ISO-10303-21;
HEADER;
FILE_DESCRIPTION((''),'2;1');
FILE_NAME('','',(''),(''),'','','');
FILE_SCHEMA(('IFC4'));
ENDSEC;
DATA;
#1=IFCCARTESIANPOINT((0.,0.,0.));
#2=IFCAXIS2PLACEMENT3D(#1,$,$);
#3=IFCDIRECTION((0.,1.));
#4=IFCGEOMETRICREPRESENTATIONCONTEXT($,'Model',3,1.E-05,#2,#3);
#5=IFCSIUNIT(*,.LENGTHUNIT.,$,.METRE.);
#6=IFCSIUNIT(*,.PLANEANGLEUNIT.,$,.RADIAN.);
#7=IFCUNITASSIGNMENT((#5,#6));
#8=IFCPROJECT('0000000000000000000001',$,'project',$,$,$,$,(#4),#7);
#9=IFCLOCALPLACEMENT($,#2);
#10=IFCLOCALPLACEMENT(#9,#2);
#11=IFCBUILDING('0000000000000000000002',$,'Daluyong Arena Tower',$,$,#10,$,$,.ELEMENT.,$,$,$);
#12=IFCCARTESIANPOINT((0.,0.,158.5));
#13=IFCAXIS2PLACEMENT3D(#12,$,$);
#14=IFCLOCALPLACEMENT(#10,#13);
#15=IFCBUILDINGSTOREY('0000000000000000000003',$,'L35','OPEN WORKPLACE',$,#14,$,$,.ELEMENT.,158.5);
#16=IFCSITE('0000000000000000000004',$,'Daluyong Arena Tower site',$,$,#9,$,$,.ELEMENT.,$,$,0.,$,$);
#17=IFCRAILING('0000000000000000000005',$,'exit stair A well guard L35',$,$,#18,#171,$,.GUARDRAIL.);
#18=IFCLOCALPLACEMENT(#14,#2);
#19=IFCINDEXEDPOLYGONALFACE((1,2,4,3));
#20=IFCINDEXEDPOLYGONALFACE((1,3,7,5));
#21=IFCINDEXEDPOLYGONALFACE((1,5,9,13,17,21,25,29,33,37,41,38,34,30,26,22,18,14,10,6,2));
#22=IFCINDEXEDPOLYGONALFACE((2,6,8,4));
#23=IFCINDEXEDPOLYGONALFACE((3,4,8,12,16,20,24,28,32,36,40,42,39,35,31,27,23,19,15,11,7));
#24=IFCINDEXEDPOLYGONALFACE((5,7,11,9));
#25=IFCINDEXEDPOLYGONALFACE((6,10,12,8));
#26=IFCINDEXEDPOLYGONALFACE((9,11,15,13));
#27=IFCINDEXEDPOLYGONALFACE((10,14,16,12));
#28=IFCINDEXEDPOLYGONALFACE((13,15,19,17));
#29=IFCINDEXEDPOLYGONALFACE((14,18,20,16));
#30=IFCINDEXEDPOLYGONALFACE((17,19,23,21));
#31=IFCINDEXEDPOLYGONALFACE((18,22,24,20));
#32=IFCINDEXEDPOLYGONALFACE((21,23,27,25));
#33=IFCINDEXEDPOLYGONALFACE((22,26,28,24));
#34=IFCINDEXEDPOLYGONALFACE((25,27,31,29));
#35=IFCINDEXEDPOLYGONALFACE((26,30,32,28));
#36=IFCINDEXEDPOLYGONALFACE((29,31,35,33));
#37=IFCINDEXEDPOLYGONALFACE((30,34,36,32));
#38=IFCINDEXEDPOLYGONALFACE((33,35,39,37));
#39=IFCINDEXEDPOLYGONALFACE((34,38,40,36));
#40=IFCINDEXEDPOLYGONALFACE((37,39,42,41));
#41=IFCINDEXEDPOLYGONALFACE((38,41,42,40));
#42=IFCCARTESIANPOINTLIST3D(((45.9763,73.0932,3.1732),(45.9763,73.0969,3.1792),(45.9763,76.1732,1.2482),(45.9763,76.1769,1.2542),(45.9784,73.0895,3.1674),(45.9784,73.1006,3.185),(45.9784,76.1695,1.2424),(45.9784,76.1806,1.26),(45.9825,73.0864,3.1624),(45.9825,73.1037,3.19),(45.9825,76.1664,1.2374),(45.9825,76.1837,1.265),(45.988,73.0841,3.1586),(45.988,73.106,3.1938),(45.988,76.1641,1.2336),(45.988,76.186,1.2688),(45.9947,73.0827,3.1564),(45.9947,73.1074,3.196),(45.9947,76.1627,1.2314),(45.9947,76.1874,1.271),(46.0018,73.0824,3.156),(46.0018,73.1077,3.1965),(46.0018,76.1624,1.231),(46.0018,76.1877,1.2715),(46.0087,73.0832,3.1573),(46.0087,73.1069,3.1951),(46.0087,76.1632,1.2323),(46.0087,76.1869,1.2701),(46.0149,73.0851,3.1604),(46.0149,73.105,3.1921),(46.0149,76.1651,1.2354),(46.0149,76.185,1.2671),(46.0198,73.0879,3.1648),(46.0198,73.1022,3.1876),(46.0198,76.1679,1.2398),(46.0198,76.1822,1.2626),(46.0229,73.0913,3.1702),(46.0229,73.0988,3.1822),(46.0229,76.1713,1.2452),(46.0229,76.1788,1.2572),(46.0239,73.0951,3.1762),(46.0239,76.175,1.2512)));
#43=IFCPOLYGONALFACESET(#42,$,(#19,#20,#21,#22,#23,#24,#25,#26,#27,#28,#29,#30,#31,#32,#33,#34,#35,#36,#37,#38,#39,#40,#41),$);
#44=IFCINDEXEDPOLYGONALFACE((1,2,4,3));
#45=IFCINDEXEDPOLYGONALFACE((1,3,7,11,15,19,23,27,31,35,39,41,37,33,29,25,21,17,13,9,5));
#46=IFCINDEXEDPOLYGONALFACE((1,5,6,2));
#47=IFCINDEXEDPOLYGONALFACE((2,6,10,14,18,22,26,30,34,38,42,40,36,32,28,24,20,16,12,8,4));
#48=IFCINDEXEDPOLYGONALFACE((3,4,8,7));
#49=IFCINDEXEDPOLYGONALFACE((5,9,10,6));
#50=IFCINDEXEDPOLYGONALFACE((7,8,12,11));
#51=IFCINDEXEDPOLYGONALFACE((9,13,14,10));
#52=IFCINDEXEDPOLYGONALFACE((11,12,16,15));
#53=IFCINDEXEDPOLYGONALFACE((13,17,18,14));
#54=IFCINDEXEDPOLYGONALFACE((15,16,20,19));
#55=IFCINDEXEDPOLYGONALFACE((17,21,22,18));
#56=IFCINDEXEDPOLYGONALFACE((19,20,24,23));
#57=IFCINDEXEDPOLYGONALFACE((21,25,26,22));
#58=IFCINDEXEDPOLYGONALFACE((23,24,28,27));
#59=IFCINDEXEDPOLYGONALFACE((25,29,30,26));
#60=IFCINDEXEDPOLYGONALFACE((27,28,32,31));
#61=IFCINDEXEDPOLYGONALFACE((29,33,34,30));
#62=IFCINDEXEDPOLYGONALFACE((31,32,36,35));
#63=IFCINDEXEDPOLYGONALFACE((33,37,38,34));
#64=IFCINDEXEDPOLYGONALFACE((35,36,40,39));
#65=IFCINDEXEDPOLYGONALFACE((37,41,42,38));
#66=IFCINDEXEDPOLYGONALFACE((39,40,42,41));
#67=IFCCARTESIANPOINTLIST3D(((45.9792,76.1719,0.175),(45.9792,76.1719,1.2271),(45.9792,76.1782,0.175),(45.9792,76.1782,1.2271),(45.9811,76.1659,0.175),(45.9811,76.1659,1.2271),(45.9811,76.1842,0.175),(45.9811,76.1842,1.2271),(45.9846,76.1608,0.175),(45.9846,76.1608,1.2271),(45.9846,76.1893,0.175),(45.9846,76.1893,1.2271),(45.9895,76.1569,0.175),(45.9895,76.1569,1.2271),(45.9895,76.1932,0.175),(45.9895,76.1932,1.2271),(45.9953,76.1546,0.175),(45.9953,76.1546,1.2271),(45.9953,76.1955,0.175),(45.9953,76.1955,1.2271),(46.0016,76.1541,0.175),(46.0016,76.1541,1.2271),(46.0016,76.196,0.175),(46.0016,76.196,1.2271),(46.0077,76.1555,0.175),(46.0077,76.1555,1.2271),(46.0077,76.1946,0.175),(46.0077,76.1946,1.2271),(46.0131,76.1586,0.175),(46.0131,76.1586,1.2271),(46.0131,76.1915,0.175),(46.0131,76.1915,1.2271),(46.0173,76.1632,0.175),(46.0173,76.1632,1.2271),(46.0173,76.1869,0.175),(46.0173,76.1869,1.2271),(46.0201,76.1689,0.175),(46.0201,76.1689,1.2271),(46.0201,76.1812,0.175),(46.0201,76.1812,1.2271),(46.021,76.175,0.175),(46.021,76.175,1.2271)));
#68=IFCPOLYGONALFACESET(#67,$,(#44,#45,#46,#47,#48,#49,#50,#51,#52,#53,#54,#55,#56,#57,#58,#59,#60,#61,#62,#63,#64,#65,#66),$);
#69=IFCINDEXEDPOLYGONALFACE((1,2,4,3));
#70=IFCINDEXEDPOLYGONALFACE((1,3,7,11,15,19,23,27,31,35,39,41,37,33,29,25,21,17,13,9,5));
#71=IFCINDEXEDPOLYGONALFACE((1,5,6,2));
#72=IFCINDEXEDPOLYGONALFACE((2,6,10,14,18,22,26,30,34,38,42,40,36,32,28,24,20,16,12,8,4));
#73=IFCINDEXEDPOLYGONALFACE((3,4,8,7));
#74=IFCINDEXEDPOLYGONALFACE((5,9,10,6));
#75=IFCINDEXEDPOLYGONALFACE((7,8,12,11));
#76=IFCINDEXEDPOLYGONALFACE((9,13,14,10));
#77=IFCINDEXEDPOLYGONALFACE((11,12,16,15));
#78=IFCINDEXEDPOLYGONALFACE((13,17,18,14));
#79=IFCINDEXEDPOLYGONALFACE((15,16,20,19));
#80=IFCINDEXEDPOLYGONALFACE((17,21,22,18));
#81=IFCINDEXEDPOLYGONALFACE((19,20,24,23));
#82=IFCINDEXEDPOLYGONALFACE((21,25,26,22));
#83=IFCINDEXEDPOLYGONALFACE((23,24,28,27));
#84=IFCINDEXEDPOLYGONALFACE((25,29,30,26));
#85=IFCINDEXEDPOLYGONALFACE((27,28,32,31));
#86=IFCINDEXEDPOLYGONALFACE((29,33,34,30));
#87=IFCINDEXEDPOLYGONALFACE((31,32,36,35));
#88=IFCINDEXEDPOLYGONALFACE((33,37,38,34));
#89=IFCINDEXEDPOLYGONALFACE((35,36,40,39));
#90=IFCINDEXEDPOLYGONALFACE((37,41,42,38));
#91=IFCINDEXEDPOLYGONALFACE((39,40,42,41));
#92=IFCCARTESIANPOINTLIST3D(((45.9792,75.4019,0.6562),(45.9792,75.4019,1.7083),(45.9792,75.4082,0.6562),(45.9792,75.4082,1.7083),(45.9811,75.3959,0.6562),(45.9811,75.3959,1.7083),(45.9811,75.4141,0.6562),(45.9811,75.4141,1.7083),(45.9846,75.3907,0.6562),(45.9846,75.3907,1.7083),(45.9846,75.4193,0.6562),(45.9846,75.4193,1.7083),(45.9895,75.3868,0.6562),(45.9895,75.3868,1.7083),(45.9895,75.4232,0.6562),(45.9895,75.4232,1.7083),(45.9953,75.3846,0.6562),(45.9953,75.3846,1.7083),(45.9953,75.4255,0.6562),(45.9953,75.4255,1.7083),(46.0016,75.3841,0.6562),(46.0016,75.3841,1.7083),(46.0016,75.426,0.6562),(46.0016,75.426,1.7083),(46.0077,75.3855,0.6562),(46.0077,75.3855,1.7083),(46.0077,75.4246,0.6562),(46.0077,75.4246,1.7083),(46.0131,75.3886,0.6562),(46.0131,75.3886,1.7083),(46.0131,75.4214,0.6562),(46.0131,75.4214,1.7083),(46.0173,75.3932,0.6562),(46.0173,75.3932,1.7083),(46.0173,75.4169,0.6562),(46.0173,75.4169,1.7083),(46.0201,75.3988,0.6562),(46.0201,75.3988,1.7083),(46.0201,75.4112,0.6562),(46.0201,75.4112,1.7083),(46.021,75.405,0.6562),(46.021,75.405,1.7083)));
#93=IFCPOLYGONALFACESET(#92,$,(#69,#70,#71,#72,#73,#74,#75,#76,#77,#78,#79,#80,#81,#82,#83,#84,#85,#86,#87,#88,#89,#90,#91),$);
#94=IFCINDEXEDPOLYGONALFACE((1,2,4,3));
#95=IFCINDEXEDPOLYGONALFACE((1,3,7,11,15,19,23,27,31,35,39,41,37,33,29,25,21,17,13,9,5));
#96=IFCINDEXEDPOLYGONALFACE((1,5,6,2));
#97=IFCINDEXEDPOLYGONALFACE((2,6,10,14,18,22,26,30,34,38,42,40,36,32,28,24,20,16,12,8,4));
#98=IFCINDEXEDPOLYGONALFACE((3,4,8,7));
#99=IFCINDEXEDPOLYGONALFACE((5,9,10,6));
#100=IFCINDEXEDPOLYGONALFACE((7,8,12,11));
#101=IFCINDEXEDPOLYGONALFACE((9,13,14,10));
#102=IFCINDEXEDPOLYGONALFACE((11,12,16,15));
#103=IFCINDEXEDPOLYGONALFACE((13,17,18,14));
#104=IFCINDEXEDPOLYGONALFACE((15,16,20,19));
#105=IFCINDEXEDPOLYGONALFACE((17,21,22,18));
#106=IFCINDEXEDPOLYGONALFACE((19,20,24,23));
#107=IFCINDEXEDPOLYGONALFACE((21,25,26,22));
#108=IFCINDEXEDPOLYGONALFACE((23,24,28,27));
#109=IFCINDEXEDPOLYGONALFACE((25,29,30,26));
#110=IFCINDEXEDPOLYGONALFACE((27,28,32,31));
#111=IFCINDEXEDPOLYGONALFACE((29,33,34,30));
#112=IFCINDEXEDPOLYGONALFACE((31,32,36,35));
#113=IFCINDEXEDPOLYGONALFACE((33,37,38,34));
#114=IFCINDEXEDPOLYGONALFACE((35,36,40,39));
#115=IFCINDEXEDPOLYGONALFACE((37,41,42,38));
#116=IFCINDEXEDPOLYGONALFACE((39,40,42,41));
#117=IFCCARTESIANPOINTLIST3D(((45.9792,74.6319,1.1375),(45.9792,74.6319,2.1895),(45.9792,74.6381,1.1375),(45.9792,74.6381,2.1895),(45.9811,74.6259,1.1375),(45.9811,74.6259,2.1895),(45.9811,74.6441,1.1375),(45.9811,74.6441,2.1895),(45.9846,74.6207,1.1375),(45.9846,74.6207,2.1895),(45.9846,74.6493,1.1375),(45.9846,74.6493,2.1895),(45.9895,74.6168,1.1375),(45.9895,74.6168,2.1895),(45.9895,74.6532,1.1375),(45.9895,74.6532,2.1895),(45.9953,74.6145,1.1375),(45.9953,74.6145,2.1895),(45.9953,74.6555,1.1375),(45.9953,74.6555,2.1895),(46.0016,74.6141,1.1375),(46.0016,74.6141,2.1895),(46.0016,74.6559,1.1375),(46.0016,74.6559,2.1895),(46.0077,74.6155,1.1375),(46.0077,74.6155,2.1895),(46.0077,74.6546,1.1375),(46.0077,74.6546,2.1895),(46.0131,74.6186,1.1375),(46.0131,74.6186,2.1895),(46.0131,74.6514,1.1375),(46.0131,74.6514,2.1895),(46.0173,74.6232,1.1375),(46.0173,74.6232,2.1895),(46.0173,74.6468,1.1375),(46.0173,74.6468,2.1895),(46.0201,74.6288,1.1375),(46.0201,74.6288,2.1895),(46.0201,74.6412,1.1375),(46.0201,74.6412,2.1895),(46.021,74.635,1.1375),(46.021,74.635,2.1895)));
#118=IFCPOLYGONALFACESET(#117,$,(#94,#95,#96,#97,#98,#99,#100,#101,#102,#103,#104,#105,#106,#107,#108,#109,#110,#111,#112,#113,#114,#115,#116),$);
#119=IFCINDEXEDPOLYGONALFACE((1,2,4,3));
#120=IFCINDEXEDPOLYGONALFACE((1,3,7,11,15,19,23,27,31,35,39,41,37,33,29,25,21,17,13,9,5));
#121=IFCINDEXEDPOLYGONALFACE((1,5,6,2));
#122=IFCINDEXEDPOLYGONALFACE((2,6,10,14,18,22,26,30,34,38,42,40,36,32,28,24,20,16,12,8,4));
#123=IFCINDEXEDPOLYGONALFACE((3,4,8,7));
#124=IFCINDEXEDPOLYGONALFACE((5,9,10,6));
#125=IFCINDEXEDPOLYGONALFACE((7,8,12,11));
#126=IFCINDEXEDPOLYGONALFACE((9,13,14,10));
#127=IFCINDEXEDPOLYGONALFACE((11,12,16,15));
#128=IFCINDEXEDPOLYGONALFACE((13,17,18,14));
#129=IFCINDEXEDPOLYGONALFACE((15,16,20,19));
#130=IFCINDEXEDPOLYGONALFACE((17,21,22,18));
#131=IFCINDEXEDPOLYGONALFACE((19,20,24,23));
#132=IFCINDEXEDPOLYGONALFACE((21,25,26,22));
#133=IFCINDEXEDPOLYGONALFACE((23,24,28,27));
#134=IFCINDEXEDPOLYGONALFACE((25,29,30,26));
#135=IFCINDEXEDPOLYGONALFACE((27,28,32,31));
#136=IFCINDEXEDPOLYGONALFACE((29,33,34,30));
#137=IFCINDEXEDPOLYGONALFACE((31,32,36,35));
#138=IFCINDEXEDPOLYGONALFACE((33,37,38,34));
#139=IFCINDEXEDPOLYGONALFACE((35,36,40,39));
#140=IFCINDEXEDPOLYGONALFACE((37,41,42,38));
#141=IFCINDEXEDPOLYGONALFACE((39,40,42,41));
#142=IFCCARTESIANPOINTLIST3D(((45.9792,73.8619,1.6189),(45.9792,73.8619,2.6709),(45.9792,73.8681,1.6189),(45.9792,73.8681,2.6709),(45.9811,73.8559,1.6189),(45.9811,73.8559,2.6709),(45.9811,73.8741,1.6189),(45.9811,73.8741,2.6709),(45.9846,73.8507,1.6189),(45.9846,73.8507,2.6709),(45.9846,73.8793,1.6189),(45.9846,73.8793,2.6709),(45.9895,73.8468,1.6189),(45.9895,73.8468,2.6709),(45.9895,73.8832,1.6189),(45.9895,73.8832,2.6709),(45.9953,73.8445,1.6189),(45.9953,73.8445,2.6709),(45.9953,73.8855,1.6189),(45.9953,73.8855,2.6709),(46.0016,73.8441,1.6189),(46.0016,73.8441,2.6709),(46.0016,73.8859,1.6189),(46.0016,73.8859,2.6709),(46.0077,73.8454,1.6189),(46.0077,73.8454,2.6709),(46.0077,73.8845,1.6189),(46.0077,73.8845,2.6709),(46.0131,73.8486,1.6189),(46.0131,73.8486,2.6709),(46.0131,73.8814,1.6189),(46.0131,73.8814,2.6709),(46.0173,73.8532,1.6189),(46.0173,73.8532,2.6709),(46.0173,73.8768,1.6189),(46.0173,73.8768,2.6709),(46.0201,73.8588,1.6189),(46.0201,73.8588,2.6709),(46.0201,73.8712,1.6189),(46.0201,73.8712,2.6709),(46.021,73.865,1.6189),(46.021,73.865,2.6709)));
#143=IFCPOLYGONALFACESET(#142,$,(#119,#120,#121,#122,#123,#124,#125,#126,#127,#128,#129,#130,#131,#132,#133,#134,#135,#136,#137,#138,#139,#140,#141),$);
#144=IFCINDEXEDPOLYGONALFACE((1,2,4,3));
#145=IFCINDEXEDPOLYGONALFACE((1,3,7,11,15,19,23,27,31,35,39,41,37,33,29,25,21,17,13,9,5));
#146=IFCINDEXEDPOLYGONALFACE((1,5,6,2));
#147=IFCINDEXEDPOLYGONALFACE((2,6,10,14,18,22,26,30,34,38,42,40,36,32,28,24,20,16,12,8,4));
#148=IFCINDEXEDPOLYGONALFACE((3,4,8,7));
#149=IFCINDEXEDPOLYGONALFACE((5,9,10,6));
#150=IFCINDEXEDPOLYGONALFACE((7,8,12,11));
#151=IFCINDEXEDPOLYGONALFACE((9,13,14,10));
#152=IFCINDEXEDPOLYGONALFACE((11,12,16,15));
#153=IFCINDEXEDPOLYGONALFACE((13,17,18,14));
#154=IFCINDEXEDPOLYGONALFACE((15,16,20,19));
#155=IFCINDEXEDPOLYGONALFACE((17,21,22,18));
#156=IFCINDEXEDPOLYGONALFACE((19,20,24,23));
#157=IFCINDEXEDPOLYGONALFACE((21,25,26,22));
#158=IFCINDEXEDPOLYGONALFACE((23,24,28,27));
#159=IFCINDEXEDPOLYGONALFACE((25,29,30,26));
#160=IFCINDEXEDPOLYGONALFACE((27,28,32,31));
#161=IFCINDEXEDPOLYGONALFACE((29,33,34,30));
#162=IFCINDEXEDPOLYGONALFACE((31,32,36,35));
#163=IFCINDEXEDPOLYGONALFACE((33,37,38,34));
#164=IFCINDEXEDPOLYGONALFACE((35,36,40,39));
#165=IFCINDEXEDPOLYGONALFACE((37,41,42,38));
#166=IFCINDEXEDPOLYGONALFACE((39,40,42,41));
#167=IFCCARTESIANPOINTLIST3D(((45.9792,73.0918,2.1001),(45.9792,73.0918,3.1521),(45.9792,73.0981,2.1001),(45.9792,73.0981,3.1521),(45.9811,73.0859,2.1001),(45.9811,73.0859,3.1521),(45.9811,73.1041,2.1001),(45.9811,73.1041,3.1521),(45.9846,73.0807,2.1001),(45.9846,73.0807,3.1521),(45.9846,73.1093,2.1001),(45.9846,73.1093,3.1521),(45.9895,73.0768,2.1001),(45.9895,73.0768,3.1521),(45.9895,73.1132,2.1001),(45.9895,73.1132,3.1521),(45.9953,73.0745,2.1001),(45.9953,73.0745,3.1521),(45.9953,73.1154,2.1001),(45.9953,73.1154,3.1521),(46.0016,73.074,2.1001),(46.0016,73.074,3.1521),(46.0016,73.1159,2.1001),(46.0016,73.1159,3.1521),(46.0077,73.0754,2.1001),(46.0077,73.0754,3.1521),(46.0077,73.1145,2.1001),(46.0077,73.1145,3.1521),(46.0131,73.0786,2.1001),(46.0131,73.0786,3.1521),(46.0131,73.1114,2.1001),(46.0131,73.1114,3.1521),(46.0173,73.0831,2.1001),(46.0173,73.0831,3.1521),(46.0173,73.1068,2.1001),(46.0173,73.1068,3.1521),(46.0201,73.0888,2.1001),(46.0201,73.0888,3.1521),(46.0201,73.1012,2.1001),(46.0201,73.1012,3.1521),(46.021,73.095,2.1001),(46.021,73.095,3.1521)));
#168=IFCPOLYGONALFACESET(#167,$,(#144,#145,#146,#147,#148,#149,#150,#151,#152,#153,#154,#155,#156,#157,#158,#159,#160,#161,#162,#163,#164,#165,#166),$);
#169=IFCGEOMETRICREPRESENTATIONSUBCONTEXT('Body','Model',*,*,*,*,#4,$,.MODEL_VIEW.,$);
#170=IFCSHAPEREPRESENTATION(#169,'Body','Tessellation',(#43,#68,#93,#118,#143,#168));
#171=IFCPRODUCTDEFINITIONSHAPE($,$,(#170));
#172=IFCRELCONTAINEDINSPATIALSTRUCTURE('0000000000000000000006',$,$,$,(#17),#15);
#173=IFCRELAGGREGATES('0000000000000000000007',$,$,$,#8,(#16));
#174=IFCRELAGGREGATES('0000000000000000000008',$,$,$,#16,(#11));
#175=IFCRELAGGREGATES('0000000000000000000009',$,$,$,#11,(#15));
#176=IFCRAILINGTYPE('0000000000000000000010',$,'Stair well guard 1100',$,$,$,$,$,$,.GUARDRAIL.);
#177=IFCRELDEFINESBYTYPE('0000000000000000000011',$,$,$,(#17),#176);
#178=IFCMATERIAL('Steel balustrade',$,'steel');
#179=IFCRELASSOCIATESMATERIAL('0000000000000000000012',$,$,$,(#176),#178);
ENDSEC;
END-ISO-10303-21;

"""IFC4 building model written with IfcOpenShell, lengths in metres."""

from ifc_helpers import new_model, si_unit, direction, frame, origin, origin_2d, place, context, subcontext, project, spatial, circle, extrude, material, type_object, element, save


model = new_model("IFC4")

# Units and contexts
model_context = context("Model", 3, precision=1e-05, world=origin(), true_north=direction((0.0, 1.0)))
body_context = subcontext(model_context, "Body", "Model", "MODEL_VIEW")
ifc_project = project(units=[si_unit("LENGTHUNIT", "METRE"), si_unit("PLANEANGLEUNIT", "RADIAN")], contexts=[model_context])

# Site, building, storey
site_placement = place(None, origin())
site = spatial("IfcSite", under=ifc_project, at=site_placement, Name="Daluyong Arena Tower site", CompositionType="ELEMENT", RefElevation=0.0)
building_placement = place(site_placement, origin())
building = spatial("IfcBuilding", under=site, at=building_placement, Name="Daluyong Arena Tower", CompositionType="ELEMENT")
storey_placement = place(building_placement, frame((0.0, 0.0, 158.5)))
storey = spatial("IfcBuildingStorey", under=building, at=storey_placement, Name="L35", Description="OPEN WORKPLACE", CompositionType="ELEMENT", Elevation=158.5)

# Railing
ifc_material_1 = material(Name="Steel balustrade", Category="steel")
railing_type_1 = type_object("IfcRailingType", Name="Stair well guard 1100", PredefinedType="GUARDRAIL", material=ifc_material_1)
railing_1_placement = place(storey_placement, frame((46.0, 76.175, 0.175)))
element("IfcRailing", 1, at=railing_1_placement, inside=storey, type_object=railing_type_1, Name="exit stair A well guard L35", PredefinedType="GUARDRAIL", context=body_context, shape_type="SweptSolid", body=[
    extrude(circle(Radius=0.0239, at=origin_2d()), frame((0.0, 0.0, 1.0762), z_axis=(0.0, -0.847998, 0.529999), x_axis=(1.0, 0.0, 0.0)), (0.0, 0.0, 1.0), 3.6321),
    extrude(circle(Radius=0.021, at=origin_2d()), origin(), (0.0, 0.0, 1.0), 1.052),
    extrude(circle(Radius=0.021, at=origin_2d()), frame((0.0, -0.77, 0.4812)), (0.0, 0.0, 1.0), 1.052),
    extrude(circle(Radius=0.021, at=origin_2d()), frame((0.0, -1.54, 0.9624)), (0.0, 0.0, 1.0), 1.052),
    extrude(circle(Radius=0.021, at=origin_2d()), frame((0.0, -2.3101, 1.4438)), (0.0, 0.0, 1.0), 1.052),
    extrude(circle(Radius=0.021, at=origin_2d()), frame((0.0, -3.0801, 1.925)), (0.0, 0.0, 1.0), 1.052),
])

save(model, "model.ifc")
